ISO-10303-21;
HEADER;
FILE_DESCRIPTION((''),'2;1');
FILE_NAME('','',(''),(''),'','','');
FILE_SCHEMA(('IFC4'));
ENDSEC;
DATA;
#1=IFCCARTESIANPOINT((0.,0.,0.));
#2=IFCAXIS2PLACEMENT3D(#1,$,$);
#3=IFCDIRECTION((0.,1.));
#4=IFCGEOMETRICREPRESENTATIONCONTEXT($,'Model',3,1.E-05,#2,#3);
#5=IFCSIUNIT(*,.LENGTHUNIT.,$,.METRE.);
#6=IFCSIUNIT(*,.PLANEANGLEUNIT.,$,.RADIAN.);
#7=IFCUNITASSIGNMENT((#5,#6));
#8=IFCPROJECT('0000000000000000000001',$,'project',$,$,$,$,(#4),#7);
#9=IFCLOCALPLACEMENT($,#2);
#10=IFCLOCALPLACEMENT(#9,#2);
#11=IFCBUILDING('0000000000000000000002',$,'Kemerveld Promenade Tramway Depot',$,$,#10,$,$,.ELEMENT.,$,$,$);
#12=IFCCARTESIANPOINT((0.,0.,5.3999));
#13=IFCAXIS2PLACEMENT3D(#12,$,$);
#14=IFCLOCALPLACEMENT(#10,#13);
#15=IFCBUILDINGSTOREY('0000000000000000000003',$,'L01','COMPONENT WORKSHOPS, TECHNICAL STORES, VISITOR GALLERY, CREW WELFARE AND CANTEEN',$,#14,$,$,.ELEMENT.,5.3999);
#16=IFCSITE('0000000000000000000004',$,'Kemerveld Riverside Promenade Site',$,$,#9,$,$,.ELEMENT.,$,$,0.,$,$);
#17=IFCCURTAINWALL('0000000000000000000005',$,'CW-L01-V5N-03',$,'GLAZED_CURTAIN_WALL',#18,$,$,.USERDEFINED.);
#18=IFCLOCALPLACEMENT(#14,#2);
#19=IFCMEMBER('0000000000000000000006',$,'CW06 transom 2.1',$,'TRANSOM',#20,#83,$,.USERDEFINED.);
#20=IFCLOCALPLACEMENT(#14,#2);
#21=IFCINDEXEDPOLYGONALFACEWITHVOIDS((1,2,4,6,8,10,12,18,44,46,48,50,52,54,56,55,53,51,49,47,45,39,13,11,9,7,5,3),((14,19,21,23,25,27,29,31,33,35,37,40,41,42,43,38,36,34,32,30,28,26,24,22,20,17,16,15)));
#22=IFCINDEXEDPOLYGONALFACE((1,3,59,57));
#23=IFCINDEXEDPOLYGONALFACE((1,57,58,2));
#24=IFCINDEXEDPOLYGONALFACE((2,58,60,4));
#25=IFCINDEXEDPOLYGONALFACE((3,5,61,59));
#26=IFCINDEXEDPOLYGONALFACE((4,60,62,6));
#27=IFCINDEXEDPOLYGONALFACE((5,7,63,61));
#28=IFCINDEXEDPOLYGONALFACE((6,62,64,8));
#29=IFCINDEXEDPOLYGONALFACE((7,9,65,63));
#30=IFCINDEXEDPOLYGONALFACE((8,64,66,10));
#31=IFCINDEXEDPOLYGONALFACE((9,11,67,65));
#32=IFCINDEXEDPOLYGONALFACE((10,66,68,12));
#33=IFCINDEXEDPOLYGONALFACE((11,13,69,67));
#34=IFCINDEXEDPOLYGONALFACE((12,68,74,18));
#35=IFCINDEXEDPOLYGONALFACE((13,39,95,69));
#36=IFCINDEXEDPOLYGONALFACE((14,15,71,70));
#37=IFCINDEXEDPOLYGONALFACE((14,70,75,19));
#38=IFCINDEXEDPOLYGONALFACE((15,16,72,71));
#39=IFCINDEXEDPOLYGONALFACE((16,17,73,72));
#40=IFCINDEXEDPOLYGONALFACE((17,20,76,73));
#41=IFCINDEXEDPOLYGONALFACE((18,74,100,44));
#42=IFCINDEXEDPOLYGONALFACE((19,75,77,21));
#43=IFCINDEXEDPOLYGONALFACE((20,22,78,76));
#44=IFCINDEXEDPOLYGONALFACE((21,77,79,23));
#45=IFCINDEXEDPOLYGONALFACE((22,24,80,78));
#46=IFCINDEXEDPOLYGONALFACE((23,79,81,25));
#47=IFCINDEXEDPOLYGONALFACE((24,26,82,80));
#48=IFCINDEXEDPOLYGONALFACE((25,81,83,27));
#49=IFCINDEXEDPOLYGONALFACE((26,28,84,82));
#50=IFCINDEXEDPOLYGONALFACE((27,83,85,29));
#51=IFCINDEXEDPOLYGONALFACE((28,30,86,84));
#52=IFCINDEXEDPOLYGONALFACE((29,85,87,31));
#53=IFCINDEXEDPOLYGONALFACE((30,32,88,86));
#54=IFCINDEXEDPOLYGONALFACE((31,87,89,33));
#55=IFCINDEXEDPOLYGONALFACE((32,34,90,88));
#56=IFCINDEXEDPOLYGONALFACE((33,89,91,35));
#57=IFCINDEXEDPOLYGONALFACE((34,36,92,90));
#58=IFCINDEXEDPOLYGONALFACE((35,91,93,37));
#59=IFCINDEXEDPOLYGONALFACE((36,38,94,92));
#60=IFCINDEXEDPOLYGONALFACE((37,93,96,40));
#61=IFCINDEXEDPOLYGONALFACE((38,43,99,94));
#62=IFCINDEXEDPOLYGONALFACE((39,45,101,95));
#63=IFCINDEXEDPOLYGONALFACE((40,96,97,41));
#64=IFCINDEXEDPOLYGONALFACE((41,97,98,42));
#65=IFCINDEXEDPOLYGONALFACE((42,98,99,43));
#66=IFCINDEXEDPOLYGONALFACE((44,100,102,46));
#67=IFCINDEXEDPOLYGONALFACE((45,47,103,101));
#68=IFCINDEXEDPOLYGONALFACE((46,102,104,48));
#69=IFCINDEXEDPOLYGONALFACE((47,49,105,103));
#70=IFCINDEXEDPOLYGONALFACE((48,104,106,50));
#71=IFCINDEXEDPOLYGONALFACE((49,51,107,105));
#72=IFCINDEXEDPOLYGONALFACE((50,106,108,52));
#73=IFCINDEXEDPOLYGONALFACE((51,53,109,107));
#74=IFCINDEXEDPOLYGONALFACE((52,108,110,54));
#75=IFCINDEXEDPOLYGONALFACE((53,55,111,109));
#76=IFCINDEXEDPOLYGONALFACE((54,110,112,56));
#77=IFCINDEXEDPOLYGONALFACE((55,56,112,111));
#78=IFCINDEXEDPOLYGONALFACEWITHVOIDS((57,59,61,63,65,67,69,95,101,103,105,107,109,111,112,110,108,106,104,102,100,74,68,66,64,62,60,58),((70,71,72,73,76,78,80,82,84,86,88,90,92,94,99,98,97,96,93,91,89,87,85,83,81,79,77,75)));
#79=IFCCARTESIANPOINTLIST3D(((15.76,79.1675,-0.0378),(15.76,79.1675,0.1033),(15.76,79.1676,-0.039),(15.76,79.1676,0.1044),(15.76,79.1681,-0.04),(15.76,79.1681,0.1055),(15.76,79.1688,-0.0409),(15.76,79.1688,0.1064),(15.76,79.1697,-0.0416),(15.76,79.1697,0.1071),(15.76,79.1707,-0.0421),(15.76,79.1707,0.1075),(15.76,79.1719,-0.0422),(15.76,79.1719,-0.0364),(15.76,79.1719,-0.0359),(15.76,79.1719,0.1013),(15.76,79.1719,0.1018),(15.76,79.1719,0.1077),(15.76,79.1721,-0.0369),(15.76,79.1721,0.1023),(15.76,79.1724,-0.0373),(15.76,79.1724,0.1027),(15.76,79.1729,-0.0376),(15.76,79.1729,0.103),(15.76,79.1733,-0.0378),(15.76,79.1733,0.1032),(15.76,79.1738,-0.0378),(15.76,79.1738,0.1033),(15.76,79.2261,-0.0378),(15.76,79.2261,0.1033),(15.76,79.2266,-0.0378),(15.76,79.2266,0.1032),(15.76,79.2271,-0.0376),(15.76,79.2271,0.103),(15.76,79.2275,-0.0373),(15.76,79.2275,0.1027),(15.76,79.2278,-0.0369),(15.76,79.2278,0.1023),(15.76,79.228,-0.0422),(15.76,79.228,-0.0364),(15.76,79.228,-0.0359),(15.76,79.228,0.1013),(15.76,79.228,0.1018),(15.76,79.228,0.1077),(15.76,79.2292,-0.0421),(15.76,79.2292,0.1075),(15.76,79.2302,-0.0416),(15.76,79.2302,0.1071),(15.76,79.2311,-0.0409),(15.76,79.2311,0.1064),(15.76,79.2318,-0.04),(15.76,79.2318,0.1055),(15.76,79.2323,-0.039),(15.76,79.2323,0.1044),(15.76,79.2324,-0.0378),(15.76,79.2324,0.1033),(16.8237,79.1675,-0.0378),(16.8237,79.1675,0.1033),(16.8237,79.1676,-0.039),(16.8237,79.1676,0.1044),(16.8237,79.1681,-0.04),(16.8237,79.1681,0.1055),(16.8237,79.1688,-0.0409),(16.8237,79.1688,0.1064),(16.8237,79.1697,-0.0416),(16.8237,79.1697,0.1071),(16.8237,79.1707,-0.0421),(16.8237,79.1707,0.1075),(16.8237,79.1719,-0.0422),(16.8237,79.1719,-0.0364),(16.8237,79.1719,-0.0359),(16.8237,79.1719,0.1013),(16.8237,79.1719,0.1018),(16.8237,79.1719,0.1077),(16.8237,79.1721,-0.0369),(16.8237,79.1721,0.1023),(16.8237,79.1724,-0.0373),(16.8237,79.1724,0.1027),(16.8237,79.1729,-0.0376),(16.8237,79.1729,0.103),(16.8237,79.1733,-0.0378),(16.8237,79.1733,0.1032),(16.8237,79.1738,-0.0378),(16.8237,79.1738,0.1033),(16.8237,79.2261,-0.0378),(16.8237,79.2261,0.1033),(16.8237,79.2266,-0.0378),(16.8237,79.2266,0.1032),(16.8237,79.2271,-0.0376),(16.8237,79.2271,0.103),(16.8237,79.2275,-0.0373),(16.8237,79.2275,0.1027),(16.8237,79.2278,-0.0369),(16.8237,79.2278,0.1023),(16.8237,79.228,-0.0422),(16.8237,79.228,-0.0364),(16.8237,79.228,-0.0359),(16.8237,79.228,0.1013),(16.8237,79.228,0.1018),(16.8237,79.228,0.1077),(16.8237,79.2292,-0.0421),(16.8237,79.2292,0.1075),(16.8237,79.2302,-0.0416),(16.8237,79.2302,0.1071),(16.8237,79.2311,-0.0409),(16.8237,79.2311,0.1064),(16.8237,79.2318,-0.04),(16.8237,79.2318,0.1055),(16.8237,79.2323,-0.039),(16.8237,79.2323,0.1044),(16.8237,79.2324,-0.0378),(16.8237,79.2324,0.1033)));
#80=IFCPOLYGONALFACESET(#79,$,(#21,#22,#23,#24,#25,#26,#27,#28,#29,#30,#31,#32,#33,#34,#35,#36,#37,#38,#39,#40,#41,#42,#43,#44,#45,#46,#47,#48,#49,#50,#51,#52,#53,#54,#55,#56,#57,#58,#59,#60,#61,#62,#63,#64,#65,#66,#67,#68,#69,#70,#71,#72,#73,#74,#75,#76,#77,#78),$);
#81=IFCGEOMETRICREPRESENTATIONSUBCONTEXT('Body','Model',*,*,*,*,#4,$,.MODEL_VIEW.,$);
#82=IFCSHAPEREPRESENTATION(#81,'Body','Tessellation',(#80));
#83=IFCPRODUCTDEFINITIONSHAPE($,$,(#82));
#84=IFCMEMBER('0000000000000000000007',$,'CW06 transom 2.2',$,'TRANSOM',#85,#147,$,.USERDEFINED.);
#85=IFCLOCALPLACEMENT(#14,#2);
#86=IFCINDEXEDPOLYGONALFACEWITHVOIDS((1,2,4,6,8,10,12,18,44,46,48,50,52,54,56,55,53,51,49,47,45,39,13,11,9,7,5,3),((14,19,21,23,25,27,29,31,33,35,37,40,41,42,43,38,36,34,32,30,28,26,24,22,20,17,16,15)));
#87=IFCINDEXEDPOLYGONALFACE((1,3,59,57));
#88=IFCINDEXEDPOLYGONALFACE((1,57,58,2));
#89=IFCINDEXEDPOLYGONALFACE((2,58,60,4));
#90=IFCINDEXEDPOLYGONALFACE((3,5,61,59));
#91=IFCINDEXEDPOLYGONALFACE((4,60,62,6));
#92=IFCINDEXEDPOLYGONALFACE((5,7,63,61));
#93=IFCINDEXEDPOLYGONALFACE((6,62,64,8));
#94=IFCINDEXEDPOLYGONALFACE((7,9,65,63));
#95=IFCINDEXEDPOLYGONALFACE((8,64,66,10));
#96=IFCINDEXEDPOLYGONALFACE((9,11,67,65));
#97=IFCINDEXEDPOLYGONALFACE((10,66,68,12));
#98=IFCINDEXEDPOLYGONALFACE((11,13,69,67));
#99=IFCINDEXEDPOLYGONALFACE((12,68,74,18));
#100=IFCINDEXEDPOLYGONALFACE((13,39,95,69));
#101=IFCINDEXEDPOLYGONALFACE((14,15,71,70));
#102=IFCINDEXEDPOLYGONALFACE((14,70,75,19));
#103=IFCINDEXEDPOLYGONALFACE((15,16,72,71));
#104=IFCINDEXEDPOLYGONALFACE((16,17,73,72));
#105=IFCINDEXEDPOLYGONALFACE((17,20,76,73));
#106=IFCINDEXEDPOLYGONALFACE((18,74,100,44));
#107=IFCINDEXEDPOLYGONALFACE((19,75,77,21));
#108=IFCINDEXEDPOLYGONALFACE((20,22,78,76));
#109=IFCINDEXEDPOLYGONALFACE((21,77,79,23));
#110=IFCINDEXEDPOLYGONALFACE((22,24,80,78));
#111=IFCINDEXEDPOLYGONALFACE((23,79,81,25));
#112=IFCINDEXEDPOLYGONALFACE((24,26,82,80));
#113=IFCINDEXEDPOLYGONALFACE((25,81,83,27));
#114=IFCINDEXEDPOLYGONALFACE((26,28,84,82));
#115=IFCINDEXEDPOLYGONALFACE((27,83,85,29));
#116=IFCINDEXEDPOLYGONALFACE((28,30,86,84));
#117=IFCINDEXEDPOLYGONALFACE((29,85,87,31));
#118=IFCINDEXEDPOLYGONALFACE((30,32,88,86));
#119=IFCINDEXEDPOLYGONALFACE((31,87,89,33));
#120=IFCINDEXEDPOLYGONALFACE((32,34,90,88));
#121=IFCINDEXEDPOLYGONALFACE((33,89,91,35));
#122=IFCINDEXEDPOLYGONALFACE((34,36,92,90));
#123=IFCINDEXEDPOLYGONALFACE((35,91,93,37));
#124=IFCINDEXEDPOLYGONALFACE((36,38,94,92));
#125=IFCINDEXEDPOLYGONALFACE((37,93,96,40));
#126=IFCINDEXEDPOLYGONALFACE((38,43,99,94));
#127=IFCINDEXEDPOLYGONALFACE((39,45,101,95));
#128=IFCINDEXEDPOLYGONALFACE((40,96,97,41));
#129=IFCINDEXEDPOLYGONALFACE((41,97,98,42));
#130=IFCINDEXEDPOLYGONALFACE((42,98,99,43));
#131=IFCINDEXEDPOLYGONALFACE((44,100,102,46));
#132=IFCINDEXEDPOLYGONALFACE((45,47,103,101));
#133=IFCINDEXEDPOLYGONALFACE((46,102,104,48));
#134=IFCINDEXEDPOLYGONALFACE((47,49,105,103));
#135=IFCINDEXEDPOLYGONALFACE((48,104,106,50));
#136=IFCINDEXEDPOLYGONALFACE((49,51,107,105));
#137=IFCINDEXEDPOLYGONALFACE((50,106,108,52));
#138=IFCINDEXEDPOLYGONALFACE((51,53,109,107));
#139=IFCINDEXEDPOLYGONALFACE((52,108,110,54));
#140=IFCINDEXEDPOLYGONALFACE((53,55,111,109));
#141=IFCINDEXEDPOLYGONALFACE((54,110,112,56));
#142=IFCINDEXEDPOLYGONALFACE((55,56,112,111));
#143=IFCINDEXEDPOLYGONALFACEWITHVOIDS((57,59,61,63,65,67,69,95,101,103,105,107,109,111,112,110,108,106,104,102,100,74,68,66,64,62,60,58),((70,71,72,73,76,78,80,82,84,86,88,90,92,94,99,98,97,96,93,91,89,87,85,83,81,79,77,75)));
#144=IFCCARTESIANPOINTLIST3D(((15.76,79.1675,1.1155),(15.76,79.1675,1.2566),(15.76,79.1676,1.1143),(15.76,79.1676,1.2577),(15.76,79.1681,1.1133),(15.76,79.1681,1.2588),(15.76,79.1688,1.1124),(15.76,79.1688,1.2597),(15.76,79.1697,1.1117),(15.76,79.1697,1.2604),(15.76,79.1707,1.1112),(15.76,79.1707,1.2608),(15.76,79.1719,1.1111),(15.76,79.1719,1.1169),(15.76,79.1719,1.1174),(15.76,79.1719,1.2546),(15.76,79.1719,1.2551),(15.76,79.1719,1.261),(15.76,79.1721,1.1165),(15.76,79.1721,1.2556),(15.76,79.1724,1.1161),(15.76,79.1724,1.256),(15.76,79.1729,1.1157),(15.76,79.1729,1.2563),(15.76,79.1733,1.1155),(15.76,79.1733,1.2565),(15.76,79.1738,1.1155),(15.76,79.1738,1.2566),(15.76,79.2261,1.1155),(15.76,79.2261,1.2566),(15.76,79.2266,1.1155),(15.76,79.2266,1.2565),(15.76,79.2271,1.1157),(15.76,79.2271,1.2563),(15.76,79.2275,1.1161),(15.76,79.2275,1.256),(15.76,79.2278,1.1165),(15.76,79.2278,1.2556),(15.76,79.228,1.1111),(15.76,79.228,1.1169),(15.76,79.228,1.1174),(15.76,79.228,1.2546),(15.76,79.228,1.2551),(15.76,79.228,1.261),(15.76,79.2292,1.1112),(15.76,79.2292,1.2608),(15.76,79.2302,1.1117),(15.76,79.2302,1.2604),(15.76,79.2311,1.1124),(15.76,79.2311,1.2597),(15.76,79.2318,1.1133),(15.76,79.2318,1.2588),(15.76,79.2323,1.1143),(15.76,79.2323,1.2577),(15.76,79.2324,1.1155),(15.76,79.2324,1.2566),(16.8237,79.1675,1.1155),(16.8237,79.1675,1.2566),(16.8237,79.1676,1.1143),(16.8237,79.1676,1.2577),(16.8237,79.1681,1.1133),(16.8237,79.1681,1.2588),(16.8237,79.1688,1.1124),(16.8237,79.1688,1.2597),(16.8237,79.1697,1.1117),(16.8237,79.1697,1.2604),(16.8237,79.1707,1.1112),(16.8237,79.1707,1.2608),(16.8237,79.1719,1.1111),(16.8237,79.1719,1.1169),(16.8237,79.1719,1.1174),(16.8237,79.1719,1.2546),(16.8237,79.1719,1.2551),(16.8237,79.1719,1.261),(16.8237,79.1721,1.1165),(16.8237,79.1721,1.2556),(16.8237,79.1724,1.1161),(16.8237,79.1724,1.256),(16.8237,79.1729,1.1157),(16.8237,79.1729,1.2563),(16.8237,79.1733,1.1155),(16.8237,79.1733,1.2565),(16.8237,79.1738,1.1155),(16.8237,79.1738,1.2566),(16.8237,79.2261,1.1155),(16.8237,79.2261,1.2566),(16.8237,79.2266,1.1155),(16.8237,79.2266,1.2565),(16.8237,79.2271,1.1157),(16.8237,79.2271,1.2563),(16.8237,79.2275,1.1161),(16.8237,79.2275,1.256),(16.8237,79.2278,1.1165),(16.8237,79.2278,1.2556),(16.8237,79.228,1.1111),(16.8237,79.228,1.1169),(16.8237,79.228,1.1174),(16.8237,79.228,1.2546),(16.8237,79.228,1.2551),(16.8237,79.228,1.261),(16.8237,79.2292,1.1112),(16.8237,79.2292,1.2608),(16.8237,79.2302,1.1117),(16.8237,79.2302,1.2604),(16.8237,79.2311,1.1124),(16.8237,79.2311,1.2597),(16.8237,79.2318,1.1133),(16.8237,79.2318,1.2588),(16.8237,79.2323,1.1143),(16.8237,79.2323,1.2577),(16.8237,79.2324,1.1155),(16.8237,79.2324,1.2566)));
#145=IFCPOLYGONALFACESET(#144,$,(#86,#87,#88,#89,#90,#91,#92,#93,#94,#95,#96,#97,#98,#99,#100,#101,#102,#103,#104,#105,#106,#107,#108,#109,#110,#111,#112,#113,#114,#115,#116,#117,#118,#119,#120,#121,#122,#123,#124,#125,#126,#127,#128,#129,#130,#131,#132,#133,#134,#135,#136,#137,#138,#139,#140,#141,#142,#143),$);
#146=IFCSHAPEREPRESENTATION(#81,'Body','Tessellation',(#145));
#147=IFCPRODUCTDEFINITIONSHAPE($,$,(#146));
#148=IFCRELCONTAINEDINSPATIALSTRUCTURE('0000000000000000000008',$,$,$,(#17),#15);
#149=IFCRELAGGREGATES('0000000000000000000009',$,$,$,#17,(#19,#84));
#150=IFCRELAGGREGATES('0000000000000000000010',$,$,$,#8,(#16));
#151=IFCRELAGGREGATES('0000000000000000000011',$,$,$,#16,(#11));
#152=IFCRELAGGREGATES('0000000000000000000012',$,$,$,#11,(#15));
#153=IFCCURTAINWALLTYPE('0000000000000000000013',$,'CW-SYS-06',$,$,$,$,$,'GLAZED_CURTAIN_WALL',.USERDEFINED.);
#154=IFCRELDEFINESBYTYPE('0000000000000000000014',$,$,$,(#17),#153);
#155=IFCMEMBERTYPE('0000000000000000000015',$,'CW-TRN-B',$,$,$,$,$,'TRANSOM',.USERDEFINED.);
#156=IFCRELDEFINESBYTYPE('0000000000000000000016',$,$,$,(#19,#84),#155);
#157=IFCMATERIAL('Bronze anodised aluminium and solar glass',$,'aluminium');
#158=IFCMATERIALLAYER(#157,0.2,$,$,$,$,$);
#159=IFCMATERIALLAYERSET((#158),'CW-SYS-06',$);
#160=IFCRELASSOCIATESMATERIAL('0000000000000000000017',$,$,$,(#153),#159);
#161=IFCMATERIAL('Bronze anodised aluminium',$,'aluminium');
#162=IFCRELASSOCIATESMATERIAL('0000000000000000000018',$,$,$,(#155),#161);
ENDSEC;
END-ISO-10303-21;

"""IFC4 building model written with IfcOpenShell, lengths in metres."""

from ifc_helpers import new_model, si_unit, direction, frame, origin, origin_2d, place, context, subcontext, project, spatial, hollow_rectangle, extrude, material, layer, layer_set, material_profile, profile_set, type_object, element, aggregate, save


model = new_model("IFC4")

# Units and contexts
model_context = context("Model", 3, precision=1e-05, world=origin(), true_north=direction((0.0, 1.0)))
body_context = subcontext(model_context, "Body", "Model", "MODEL_VIEW")
ifc_project = project(units=[si_unit("LENGTHUNIT", "METRE"), si_unit("PLANEANGLEUNIT", "RADIAN")], contexts=[model_context])

# Site, building, storey
site_placement = place(None, origin())
site = spatial("IfcSite", under=ifc_project, at=site_placement, Name="Kemerveld Riverside Promenade Site", CompositionType="ELEMENT", RefElevation=0.0)
building_placement = place(site_placement, origin())
building = spatial("IfcBuilding", under=site, at=building_placement, Name="Kemerveld Promenade Tramway Depot", CompositionType="ELEMENT")
storey_placement = place(building_placement, frame((0.0, 0.0, 5.3999)))
storey = spatial("IfcBuildingStorey", under=building, at=storey_placement, Name="L01", Description="COMPONENT WORKSHOPS, TECHNICAL STORES, VISITOR GALLERY, CREW WELFARE AND CANTEEN", CompositionType="ELEMENT", Elevation=5.3999)

# Curtain wall
ifc_material_1 = material(Name="Bronze anodised aluminium and solar glass", Category="aluminium")
ifc_material_2 = material(Name="Bronze anodised aluminium", Category="aluminium")
ifc_layer_1 = layer(ifc_material_1, 0.2)
ifc_layer_set_1 = layer_set([ifc_layer_1], Name="CW-SYS-06")
curtain_wall_type_1 = type_object("IfcCurtainWallType", Name="CW-SYS-06", ElementType="GLAZED_CURTAIN_WALL", PredefinedType="USERDEFINED", material=ifc_layer_set_1)
curtain_wall_1_placement = place(storey_placement, origin())
curtain_wall_1 = element("IfcCurtainWall", 1, at=curtain_wall_1_placement, inside=storey, type_object=curtain_wall_type_1, Name="CW-L01-V5N-03", ObjectType="GLAZED_CURTAIN_WALL", PredefinedType="USERDEFINED")

# Members
ifc_material_profile_1 = material_profile(ifc_material_2, hollow_rectangle(XDim=0.0649, YDim=0.1499, WallThickness=0.0044, InnerFilletRadius=0.002, OuterFilletRadius=0.0044, at=origin_2d()), Name="CW-TRN-150x65")
ifc_profile_set_1 = profile_set([ifc_material_profile_1], Name="Bronze anodised aluminium")
member_type_1 = type_object("IfcMemberType", Name="CW-TRN-B", ElementType="TRANSOM", PredefinedType="USERDEFINED", material=ifc_profile_set_1)
member_1_placement = place(storey_placement, frame((15.76, 79.2, 0.0327), z_axis=(1.0, 0.0, 0.0), x_axis=(0.0, 1.0, 0.0)))
member_1 = element("IfcMember", 2, at=member_1_placement, type_object=member_type_1, Name="CW06 transom 2.1", ObjectType="TRANSOM", PredefinedType="USERDEFINED", context=body_context, shape_type="SweptSolid", body=[
    extrude(hollow_rectangle(XDim=0.0649, YDim=0.1499, WallThickness=0.0044, InnerFilletRadius=0.002, OuterFilletRadius=0.0044, at=origin_2d()), origin(), (0.0, 0.0, 1.0), 1.0637),
])
member_2_placement = place(storey_placement, frame((15.76, 79.2, 1.186), z_axis=(1.0, 0.0, 0.0), x_axis=(0.0, 1.0, 0.0)))
member_2 = element("IfcMember", 3, at=member_2_placement, type_object=member_type_1, Name="CW06 transom 2.2", ObjectType="TRANSOM", PredefinedType="USERDEFINED", context=body_context, shape_type="SweptSolid", body=[
    extrude(hollow_rectangle(XDim=0.0649, YDim=0.1499, WallThickness=0.0044, InnerFilletRadius=0.002, OuterFilletRadius=0.0044, at=origin_2d()), origin(), (0.0, 0.0, 1.0), 1.0637),
])

aggregate(curtain_wall_1, [member_1, member_2])

save(model, "model.ifc")
